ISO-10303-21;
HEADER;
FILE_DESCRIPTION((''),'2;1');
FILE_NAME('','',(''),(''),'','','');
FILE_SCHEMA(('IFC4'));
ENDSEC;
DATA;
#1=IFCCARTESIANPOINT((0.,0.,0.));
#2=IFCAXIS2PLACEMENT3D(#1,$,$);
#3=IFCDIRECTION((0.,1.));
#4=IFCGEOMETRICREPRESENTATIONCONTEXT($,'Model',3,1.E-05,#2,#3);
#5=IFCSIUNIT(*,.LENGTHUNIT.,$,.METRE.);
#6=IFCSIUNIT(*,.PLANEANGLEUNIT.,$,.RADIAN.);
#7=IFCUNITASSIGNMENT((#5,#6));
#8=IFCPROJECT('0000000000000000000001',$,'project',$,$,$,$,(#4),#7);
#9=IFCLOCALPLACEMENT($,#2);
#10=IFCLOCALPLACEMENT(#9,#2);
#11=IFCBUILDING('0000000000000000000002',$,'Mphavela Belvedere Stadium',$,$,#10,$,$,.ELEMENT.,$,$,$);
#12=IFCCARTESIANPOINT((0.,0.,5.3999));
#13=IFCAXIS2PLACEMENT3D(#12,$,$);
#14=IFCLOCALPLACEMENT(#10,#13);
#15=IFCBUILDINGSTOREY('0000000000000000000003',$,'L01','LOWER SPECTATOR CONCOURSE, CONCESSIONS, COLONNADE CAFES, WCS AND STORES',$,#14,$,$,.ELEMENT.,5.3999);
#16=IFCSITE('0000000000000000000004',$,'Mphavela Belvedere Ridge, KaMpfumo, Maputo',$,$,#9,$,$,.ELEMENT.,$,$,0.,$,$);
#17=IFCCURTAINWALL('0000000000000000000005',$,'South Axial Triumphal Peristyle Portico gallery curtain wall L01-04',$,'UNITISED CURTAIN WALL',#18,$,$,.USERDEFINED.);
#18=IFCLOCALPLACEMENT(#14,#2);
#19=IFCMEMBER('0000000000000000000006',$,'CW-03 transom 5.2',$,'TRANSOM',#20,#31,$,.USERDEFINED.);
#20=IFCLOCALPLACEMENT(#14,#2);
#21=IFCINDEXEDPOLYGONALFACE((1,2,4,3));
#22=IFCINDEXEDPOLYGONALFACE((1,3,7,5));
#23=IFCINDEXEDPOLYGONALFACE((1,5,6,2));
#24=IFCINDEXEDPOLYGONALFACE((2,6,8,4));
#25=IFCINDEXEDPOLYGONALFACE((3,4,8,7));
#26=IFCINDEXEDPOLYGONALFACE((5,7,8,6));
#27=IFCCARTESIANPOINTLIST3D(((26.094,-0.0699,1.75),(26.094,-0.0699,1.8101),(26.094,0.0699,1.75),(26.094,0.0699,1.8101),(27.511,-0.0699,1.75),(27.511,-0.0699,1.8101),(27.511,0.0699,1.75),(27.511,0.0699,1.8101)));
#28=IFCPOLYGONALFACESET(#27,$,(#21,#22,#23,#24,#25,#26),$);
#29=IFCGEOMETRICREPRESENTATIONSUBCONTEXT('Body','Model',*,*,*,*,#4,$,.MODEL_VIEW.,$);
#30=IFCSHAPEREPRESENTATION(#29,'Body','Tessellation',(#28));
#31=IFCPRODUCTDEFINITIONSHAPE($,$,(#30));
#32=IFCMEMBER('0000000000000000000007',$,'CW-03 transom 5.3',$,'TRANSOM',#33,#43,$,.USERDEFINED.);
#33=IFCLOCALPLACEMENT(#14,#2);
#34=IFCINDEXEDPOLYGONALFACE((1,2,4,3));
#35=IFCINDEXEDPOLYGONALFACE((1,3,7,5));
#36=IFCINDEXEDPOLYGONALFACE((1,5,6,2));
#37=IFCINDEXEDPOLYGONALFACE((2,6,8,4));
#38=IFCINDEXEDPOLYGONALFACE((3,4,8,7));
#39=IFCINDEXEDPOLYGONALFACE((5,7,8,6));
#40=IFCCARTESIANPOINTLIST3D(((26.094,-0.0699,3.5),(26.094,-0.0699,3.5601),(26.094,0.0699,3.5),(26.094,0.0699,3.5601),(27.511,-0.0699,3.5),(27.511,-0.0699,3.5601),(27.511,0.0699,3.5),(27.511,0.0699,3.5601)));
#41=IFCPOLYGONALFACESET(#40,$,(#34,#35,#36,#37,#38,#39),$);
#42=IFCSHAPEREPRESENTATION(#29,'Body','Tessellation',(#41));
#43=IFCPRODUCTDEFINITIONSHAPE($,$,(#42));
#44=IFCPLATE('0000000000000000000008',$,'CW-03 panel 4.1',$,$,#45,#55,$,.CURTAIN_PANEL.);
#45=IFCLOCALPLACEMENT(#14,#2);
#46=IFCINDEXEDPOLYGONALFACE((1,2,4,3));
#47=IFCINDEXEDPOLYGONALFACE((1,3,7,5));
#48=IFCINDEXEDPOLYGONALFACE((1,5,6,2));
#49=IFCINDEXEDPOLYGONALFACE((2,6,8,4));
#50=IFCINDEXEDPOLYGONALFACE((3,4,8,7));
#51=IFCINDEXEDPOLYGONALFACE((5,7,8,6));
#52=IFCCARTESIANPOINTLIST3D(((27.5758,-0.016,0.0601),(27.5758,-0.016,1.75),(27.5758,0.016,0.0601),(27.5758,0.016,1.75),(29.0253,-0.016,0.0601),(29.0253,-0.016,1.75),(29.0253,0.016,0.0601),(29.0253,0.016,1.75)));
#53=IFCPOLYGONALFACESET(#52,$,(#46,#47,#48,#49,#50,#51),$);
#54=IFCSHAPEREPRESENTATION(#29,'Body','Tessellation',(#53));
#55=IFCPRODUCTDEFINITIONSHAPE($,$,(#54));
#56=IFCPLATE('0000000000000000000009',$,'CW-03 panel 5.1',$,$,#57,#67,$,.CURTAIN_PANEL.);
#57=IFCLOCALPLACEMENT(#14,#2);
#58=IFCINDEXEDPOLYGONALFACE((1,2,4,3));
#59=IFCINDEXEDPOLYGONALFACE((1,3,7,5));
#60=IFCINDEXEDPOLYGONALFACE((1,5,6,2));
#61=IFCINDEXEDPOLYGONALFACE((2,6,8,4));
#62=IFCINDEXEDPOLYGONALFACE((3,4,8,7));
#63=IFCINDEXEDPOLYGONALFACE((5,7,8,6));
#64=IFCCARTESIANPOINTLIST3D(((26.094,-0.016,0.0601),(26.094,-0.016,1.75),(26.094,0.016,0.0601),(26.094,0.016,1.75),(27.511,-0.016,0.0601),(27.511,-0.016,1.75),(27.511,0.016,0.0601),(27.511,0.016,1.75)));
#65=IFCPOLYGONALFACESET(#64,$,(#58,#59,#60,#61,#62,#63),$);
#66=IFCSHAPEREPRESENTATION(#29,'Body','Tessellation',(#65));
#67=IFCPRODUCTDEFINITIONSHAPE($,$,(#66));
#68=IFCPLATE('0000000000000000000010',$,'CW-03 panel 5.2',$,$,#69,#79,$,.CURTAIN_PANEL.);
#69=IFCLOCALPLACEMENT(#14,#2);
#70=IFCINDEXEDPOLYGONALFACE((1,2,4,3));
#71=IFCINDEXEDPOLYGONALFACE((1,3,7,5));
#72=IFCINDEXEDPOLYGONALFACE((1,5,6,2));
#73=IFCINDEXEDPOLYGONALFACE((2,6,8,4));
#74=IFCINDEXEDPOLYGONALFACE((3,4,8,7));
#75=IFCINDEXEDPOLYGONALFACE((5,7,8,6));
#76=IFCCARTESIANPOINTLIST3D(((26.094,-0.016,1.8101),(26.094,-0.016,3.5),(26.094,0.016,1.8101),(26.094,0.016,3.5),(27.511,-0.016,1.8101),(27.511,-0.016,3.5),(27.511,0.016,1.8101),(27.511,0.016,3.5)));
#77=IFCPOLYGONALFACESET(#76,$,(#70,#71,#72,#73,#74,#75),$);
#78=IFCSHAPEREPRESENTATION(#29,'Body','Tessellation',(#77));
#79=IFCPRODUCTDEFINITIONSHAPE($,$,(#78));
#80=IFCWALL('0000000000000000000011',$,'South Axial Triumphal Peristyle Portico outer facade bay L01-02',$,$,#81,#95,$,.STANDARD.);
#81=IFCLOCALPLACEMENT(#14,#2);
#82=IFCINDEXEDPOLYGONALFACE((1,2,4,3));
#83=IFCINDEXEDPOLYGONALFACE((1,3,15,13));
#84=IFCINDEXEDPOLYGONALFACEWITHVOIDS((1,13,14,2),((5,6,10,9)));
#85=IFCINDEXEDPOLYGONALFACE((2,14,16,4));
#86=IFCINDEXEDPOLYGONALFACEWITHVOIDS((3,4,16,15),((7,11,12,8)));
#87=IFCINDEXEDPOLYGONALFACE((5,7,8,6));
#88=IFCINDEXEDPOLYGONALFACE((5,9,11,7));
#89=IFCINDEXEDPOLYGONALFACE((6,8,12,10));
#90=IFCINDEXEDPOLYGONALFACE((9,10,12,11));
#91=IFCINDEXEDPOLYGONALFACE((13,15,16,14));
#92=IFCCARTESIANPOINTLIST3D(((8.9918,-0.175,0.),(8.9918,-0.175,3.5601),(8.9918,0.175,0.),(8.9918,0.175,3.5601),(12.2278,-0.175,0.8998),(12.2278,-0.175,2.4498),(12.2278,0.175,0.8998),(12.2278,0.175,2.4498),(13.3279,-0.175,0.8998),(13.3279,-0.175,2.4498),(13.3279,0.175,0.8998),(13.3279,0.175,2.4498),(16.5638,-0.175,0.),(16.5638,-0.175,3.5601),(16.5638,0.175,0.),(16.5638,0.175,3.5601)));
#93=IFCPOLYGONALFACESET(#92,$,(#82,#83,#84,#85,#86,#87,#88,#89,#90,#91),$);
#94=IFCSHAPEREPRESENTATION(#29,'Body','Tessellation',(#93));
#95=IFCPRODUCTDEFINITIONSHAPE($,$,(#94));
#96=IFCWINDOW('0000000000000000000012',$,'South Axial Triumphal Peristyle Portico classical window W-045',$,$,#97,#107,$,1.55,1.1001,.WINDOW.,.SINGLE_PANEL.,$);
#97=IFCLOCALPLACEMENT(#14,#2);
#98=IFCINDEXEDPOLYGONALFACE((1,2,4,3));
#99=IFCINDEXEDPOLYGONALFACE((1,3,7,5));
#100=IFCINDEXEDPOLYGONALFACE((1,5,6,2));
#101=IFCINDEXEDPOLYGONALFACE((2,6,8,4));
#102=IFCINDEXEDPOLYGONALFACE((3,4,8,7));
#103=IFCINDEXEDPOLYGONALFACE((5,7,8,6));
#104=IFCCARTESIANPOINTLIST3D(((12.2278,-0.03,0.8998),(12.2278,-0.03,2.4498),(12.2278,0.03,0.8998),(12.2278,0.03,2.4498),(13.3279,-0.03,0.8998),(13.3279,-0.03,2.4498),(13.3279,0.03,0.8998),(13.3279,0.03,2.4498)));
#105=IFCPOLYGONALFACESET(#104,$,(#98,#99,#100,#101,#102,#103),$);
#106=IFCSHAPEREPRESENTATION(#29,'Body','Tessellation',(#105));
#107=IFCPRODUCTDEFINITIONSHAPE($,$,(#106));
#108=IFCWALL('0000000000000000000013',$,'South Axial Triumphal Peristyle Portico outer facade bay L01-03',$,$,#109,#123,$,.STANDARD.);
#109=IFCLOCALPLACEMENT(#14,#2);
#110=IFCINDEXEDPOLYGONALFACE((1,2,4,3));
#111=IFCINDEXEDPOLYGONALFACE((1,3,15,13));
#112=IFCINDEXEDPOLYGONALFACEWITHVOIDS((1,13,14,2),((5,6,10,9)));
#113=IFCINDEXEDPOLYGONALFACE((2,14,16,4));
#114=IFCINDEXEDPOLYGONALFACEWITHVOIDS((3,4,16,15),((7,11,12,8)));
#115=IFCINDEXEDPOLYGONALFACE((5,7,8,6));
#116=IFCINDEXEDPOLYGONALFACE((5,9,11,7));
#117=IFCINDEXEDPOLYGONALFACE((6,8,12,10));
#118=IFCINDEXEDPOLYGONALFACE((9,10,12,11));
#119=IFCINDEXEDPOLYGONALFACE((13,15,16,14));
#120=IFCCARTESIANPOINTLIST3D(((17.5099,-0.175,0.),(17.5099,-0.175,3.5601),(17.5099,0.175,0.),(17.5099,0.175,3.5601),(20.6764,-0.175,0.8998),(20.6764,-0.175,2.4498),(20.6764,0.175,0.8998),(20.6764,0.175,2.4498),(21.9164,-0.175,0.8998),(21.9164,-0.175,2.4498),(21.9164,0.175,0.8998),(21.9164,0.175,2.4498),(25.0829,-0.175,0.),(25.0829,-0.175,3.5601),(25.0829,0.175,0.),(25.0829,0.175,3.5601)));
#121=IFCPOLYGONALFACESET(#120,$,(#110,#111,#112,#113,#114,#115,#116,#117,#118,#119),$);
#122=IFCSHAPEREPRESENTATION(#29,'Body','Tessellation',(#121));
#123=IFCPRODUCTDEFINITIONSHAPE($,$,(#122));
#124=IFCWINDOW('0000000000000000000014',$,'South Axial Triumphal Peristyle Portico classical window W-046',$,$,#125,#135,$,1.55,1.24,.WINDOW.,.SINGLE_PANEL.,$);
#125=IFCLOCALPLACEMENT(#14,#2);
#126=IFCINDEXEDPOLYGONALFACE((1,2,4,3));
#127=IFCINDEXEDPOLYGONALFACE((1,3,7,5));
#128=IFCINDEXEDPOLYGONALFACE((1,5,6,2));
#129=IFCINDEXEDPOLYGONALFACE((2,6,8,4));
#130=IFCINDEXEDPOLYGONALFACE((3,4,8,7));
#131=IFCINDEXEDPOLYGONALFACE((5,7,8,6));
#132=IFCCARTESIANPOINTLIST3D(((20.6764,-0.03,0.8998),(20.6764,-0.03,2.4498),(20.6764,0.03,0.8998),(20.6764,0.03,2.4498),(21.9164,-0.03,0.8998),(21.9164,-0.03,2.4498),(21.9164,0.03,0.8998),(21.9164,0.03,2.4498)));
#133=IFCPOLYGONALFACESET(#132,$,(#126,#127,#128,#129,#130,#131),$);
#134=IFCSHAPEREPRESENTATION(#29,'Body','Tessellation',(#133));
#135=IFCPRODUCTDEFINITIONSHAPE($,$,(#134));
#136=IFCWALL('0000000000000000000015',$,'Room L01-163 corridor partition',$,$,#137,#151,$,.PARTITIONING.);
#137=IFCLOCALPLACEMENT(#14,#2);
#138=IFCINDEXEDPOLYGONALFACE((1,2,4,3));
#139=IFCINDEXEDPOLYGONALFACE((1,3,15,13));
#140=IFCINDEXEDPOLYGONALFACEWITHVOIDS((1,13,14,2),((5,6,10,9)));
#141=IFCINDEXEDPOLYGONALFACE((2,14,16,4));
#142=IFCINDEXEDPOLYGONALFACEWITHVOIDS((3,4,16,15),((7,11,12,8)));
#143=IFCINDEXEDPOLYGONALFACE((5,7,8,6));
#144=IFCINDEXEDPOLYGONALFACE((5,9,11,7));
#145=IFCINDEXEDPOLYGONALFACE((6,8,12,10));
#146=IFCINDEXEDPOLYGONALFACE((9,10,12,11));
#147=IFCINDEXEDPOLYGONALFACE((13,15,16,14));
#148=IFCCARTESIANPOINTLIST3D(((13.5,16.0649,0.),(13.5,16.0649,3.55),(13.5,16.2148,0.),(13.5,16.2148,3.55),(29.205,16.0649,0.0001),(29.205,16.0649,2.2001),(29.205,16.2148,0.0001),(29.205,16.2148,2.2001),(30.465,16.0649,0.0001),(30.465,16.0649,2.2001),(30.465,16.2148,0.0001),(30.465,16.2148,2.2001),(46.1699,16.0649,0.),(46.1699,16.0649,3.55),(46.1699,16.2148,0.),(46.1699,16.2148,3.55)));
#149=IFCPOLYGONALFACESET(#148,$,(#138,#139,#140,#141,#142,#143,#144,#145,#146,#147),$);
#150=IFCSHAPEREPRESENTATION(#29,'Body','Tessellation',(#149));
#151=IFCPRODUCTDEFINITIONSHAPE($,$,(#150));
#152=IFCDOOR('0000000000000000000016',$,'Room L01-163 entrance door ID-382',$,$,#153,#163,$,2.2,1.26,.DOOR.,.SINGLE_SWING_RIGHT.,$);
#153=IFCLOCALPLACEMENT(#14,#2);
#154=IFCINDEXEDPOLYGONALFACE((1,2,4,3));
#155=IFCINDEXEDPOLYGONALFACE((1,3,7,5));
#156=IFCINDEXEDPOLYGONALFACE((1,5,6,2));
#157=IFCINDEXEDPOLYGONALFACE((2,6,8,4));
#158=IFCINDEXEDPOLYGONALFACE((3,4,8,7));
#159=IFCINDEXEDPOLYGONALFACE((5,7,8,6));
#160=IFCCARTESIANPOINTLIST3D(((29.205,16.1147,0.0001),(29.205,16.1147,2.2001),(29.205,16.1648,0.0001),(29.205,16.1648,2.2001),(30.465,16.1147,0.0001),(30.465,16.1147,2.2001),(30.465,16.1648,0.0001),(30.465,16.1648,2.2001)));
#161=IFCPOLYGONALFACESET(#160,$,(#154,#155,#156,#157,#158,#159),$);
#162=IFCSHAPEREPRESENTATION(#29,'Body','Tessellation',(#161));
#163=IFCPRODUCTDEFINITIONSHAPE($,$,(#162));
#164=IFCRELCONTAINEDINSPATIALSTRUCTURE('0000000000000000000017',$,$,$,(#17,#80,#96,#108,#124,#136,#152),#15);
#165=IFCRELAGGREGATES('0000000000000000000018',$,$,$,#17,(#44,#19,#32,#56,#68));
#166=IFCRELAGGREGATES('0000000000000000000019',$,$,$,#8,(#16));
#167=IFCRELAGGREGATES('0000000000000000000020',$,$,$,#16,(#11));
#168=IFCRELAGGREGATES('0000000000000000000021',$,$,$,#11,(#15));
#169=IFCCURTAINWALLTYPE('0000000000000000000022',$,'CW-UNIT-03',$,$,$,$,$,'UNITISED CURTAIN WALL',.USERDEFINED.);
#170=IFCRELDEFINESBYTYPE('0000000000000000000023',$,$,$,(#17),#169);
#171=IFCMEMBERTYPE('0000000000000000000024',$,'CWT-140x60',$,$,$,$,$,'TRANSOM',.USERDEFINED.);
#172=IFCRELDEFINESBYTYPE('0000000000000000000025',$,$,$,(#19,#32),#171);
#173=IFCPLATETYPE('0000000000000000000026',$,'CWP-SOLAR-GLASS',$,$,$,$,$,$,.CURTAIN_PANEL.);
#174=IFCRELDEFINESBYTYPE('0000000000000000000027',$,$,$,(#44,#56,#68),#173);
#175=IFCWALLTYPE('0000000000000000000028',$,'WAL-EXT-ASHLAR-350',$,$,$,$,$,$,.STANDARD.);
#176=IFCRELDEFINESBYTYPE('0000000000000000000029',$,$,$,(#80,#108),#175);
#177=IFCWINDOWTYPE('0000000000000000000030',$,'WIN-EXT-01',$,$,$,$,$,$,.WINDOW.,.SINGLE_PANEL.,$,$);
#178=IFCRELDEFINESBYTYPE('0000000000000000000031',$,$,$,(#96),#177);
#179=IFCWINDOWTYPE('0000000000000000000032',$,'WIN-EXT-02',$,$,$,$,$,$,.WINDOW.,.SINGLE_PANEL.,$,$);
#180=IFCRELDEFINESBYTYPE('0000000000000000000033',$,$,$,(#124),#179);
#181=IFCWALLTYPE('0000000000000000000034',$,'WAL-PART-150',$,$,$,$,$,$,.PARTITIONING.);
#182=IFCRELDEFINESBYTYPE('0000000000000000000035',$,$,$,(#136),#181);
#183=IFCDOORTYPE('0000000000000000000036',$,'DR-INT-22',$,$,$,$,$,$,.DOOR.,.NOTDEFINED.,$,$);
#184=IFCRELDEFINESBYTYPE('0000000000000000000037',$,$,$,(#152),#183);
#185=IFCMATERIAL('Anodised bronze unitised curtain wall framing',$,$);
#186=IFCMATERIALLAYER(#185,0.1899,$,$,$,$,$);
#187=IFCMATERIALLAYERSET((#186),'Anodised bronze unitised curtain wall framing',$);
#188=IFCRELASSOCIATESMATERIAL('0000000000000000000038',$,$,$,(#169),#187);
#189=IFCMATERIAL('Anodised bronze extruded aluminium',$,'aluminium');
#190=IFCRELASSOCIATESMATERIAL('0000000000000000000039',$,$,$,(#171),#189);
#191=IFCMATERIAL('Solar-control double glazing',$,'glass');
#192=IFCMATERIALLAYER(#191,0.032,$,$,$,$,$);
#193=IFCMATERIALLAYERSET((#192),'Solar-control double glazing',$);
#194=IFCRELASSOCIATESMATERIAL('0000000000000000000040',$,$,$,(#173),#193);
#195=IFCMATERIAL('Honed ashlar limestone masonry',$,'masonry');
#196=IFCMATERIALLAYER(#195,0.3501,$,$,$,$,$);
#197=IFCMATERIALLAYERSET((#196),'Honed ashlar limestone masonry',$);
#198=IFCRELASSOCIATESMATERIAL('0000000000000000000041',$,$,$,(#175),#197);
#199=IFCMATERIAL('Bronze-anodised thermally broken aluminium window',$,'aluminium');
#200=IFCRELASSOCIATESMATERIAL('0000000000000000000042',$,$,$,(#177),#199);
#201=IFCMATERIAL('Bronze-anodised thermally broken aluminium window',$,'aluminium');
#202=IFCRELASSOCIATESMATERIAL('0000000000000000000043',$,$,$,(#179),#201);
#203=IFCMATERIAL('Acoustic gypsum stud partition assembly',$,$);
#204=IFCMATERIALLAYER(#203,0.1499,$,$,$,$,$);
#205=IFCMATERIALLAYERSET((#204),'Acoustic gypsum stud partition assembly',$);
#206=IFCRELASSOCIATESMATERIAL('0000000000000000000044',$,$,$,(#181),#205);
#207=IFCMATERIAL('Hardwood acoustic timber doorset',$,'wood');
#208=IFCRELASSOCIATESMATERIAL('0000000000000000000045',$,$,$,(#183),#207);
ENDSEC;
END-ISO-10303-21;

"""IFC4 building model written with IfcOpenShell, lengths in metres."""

from ifc_helpers import new_model, si_unit, direction, frame, frame_2d, origin, origin_2d, place, context, subcontext, project, spatial, rectangle, extrude, material, layer, layer_set, material_profile, profile_set, type_object, element, fill, aggregate, save


model = new_model("IFC4")

# Units and contexts
model_context = context("Model", 3, precision=1e-05, world=origin(), true_north=direction((0.0, 1.0)))
body_context = subcontext(model_context, "Body", "Model", "MODEL_VIEW")
ifc_project = project(units=[si_unit("LENGTHUNIT", "METRE"), si_unit("PLANEANGLEUNIT", "RADIAN")], contexts=[model_context])

# Site, building, storey
site_placement = place(None, origin())
site = spatial("IfcSite", under=ifc_project, at=site_placement, Name="Mphavela Belvedere Ridge, KaMpfumo, Maputo", CompositionType="ELEMENT", RefElevation=0.0)
building_placement = place(site_placement, origin())
building = spatial("IfcBuilding", under=site, at=building_placement, Name="Mphavela Belvedere Stadium", CompositionType="ELEMENT")
storey_placement = place(building_placement, frame((0.0, 0.0, 5.3999)))
storey = spatial("IfcBuildingStorey", under=building, at=storey_placement, Name="L01", Description="LOWER SPECTATOR CONCOURSE, CONCESSIONS, COLONNADE CAFES, WCS AND STORES", CompositionType="ELEMENT", Elevation=5.3999)

# Curtain wall, members, plates
ifc_material_1 = material(Name="Anodised bronze unitised curtain wall framing")
ifc_layer_1 = layer(ifc_material_1, 0.1899)
ifc_layer_set_1 = layer_set([ifc_layer_1], Name="Anodised bronze unitised curtain wall framing")
curtain_wall_type = type_object("IfcCurtainWallType", Name="CW-UNIT-03", ElementType="UNITISED CURTAIN WALL", PredefinedType="USERDEFINED", material=ifc_layer_set_1)
curtain_wall_placement = place(storey_placement, origin())
curtain_wall = element("IfcCurtainWall", 1, at=curtain_wall_placement, inside=storey, type_object=curtain_wall_type, Name="South Axial Triumphal Peristyle Portico gallery curtain wall L01-04", ObjectType="UNITISED CURTAIN WALL", PredefinedType="USERDEFINED")
ifc_material_2 = material(Name="Anodised bronze extruded aluminium", Category="aluminium")
ifc_material_profile_1 = material_profile(ifc_material_2, rectangle(XDim=0.1399, YDim=0.0601, at=origin_2d()), Name="CW-TRN 140x60")
ifc_profile_set_1 = profile_set([ifc_material_profile_1], Name="Anodised bronze extruded aluminium")
member_type_1 = type_object("IfcMemberType", Name="CWT-140x60", ElementType="TRANSOM", PredefinedType="USERDEFINED", material=ifc_profile_set_1)
member_1_placement = place(storey_placement, frame((27.511, 0.0, 1.78), z_axis=(-1.0, 0.0, 0.0), x_axis=(0.0, -1.0, 0.0)))
member_1 = element("IfcMember", 2, at=member_1_placement, type_object=member_type_1, Name="CW-03 transom 5.2", ObjectType="TRANSOM", PredefinedType="USERDEFINED", context=body_context, shape_type="SweptSolid", body=[
    extrude(rectangle(XDim=0.1399, YDim=0.0601, at=origin_2d()), origin(), (0.0, 0.0, 1.0), 1.417),
])
member_2_placement = place(storey_placement, frame((27.511, 0.0, 3.53), z_axis=(-1.0, 0.0, 0.0), x_axis=(0.0, -1.0, 0.0)))
member_2 = element("IfcMember", 3, at=member_2_placement, type_object=member_type_1, Name="CW-03 transom 5.3", ObjectType="TRANSOM", PredefinedType="USERDEFINED", context=body_context, shape_type="SweptSolid", body=[
    extrude(rectangle(XDim=0.1399, YDim=0.0601, at=origin_2d()), origin(), (0.0, 0.0, 1.0), 1.417),
])
ifc_material_3 = material(Name="Solar-control double glazing", Category="glass")
ifc_layer_2 = layer(ifc_material_3, 0.032)
ifc_layer_set_2 = layer_set([ifc_layer_2], Name="Solar-control double glazing")
plate_type = type_object("IfcPlateType", Name="CWP-SOLAR-GLASS", PredefinedType="CURTAIN_PANEL", material=ifc_layer_set_2)
plate_1_placement = place(storey_placement, frame((28.3005, 0.0, 0.0601), z_axis=(0.0, 0.0, 1.0), x_axis=(-1.0, 0.0, 0.0)))
plate_1 = element("IfcPlate", 4, at=plate_1_placement, type_object=plate_type, Name="CW-03 panel 4.1", PredefinedType="CURTAIN_PANEL", context=body_context, shape_type="SweptSolid", body=[
    extrude(rectangle(XDim=1.4495, YDim=0.032, at=origin_2d()), origin(), (0.0, 0.0, 1.0), 1.6899),
])
plate_2_placement = place(storey_placement, frame((26.8025, 0.0, 0.0601), z_axis=(0.0, 0.0, 1.0), x_axis=(-1.0, 0.0, 0.0)))
plate_2 = element("IfcPlate", 5, at=plate_2_placement, type_object=plate_type, Name="CW-03 panel 5.1", PredefinedType="CURTAIN_PANEL", context=body_context, shape_type="SweptSolid", body=[
    extrude(rectangle(XDim=1.417, YDim=0.032, at=origin_2d()), origin(), (0.0, 0.0, 1.0), 1.6899),
])
plate_3_placement = place(storey_placement, frame((26.8025, 0.0, 1.8101), z_axis=(0.0, 0.0, 1.0), x_axis=(-1.0, 0.0, 0.0)))
plate_3 = element("IfcPlate", 6, at=plate_3_placement, type_object=plate_type, Name="CW-03 panel 5.2", PredefinedType="CURTAIN_PANEL", context=body_context, shape_type="SweptSolid", body=[
    extrude(rectangle(XDim=1.417, YDim=0.032, at=origin_2d()), origin(), (0.0, 0.0, 1.0), 1.6899),
])
aggregate(curtain_wall, [plate_1, member_1, member_2, plate_2, plate_3])

# Walls, openings, windows
ifc_material_4 = material(Name="Honed ashlar limestone masonry", Category="masonry")
ifc_layer_3 = layer(ifc_material_4, 0.3501)
ifc_layer_set_3 = layer_set([ifc_layer_3], Name="Honed ashlar limestone masonry")
wall_type_1 = type_object("IfcWallType", Name="WAL-EXT-ASHLAR-350", PredefinedType="STANDARD", material=ifc_layer_set_3)
wall_1_placement = place(storey_placement, frame((16.564, 0.0, 0.0), z_axis=(0.0, 0.0, 1.0), x_axis=(-1.0, 0.0, 0.0)))
wall_1 = element("IfcWall", 7, at=wall_1_placement, inside=storey, type_object=wall_type_1, Name="South Axial Triumphal Peristyle Portico outer facade bay L01-02", PredefinedType="STANDARD", context=body_context, shape_type="SweptSolid", body=[
    extrude(rectangle(XDim=7.572, YDim=0.3501, at=frame_2d((3.7861, 0.0))), origin(), (0.0, 0.0, 1.0), 3.5601),
])
opening_1_placement = place(wall_1_placement, frame((3.2361, 0.0, 0.8999)))
opening_1 = element("IfcOpeningElement", 8, at=opening_1_placement, cuts=wall_1, PredefinedType="OPENING", context=body_context, shape_type="SweptSolid", body=[
    extrude(rectangle(XDim=1.1001, YDim=1.55, at=frame_2d((0.55, 0.7749))), frame((0.0, 0.1851, 0.0), z_axis=(0.0, -1.0, 0.0), x_axis=(1.0, 0.0, 0.0)), (0.0, 0.0, 1.0), 0.3701),
])
ifc_material_5 = material(Name="Bronze-anodised thermally broken aluminium window", Category="aluminium")
window_type_1 = type_object("IfcWindowType", Name="WIN-EXT-01", PartitioningType="SINGLE_PANEL", PredefinedType="WINDOW", material=ifc_material_5)
window_1_placement = place(opening_1_placement, origin())
window_1 = element("IfcWindow", 9, at=window_1_placement, inside=storey, type_object=window_type_1, Name="South Axial Triumphal Peristyle Portico classical window W-045", OverallHeight=1.55, OverallWidth=1.1001, PartitioningType="SINGLE_PANEL", PredefinedType="WINDOW", context=body_context, shape_type="SweptSolid", body=[
    extrude(rectangle(XDim=1.1001, YDim=1.55, at=frame_2d((0.55, 0.7749))), frame((0.0, 0.03, 0.0), z_axis=(0.0, -1.0, 0.0), x_axis=(1.0, 0.0, 0.0)), (0.0, 0.0, 1.0), 0.0601),
])
fill(opening_1, window_1)
wall_2_placement = place(storey_placement, frame((25.083, 0.0, 0.0), z_axis=(0.0, 0.0, 1.0), x_axis=(-1.0, 0.0, 0.0)))
wall_2 = element("IfcWall", 10, at=wall_2_placement, inside=storey, type_object=wall_type_1, Name="South Axial Triumphal Peristyle Portico outer facade bay L01-03", PredefinedType="STANDARD", context=body_context, shape_type="SweptSolid", body=[
    extrude(rectangle(XDim=7.573, YDim=0.3501, at=frame_2d((3.7866, 0.0))), origin(), (0.0, 0.0, 1.0), 3.5601),
])
opening_2_placement = place(wall_2_placement, frame((3.1665, 0.0, 0.8999)))
opening_2 = element("IfcOpeningElement", 11, at=opening_2_placement, cuts=wall_2, PredefinedType="OPENING", context=body_context, shape_type="SweptSolid", body=[
    extrude(rectangle(XDim=1.24, YDim=1.55, at=frame_2d((0.6201, 0.7749))), frame((0.0, 0.1851, 0.0), z_axis=(0.0, -1.0, 0.0), x_axis=(1.0, 0.0, 0.0)), (0.0, 0.0, 1.0), 0.3701),
])
ifc_material_6 = material(Name="Bronze-anodised thermally broken aluminium window", Category="aluminium")
window_type_2 = type_object("IfcWindowType", Name="WIN-EXT-02", PartitioningType="SINGLE_PANEL", PredefinedType="WINDOW", material=ifc_material_6)
window_2_placement = place(opening_2_placement, origin())
window_2 = element("IfcWindow", 12, at=window_2_placement, inside=storey, type_object=window_type_2, Name="South Axial Triumphal Peristyle Portico classical window W-046", OverallHeight=1.55, OverallWidth=1.24, PartitioningType="SINGLE_PANEL", PredefinedType="WINDOW", context=body_context, shape_type="SweptSolid", body=[
    extrude(rectangle(XDim=1.24, YDim=1.55, at=frame_2d((0.6201, 0.7749))), frame((0.0, 0.03, 0.0), z_axis=(0.0, -1.0, 0.0), x_axis=(1.0, 0.0, 0.0)), (0.0, 0.0, 1.0), 0.0601),
])
fill(opening_2, window_2)

# Wall, opening, door
ifc_material_7 = material(Name="Acoustic gypsum stud partition assembly")
ifc_layer_4 = layer(ifc_material_7, 0.1499)
ifc_layer_set_4 = layer_set([ifc_layer_4], Name="Acoustic gypsum stud partition assembly")
wall_type_2 = type_object("IfcWallType", Name="WAL-PART-150", PredefinedType="PARTITIONING", material=ifc_layer_set_4)
wall_3_placement = place(storey_placement, frame((13.5, 16.1399, 0.0), z_axis=(0.0, 0.0, 1.0), x_axis=(1.0, 0.0, 0.0)))
wall_3 = element("IfcWall", 13, at=wall_3_placement, inside=storey, type_object=wall_type_2, Name="Room L01-163 corridor partition", PredefinedType="PARTITIONING", context=body_context, shape_type="SweptSolid", body=[
    extrude(rectangle(XDim=32.6699, YDim=0.1499, at=frame_2d((16.335, 0.0))), origin(), (0.0, 0.0, 1.0), 3.55),
])
opening_3_placement = place(wall_3_placement, frame((15.7051, 0.0, 0.0)))
opening_3 = element("IfcOpeningElement", 14, at=opening_3_placement, cuts=wall_3, PredefinedType="OPENING", context=body_context, shape_type="SweptSolid", body=[
    extrude(rectangle(XDim=1.26, YDim=2.2, at=frame_2d((0.6299, 1.1001))), frame((0.0, 0.085, 0.0), z_axis=(0.0, -1.0, 0.0), x_axis=(1.0, 0.0, 0.0)), (0.0, 0.0, 1.0), 0.1699),
])
ifc_material_8 = material(Name="Hardwood acoustic timber doorset", Category="wood")
door_type = type_object("IfcDoorType", Name="DR-INT-22", OperationType="NOTDEFINED", PredefinedType="DOOR", material=ifc_material_8)
door_placement = place(opening_3_placement, origin())
door = element("IfcDoor", 15, at=door_placement, inside=storey, type_object=door_type, Name="Room L01-163 entrance door ID-382", OperationType="SINGLE_SWING_RIGHT", OverallHeight=2.2, OverallWidth=1.26, PredefinedType="DOOR", context=body_context, shape_type="SweptSolid", body=[
    extrude(rectangle(XDim=1.26, YDim=2.2, at=frame_2d((0.6299, 1.1001))), frame((0.0, 0.0249, 0.0), z_axis=(0.0, -1.0, 0.0), x_axis=(1.0, 0.0, 0.0)), (0.0, 0.0, 1.0), 0.05),
])
fill(opening_3, door)

save(model, "model.ifc")
